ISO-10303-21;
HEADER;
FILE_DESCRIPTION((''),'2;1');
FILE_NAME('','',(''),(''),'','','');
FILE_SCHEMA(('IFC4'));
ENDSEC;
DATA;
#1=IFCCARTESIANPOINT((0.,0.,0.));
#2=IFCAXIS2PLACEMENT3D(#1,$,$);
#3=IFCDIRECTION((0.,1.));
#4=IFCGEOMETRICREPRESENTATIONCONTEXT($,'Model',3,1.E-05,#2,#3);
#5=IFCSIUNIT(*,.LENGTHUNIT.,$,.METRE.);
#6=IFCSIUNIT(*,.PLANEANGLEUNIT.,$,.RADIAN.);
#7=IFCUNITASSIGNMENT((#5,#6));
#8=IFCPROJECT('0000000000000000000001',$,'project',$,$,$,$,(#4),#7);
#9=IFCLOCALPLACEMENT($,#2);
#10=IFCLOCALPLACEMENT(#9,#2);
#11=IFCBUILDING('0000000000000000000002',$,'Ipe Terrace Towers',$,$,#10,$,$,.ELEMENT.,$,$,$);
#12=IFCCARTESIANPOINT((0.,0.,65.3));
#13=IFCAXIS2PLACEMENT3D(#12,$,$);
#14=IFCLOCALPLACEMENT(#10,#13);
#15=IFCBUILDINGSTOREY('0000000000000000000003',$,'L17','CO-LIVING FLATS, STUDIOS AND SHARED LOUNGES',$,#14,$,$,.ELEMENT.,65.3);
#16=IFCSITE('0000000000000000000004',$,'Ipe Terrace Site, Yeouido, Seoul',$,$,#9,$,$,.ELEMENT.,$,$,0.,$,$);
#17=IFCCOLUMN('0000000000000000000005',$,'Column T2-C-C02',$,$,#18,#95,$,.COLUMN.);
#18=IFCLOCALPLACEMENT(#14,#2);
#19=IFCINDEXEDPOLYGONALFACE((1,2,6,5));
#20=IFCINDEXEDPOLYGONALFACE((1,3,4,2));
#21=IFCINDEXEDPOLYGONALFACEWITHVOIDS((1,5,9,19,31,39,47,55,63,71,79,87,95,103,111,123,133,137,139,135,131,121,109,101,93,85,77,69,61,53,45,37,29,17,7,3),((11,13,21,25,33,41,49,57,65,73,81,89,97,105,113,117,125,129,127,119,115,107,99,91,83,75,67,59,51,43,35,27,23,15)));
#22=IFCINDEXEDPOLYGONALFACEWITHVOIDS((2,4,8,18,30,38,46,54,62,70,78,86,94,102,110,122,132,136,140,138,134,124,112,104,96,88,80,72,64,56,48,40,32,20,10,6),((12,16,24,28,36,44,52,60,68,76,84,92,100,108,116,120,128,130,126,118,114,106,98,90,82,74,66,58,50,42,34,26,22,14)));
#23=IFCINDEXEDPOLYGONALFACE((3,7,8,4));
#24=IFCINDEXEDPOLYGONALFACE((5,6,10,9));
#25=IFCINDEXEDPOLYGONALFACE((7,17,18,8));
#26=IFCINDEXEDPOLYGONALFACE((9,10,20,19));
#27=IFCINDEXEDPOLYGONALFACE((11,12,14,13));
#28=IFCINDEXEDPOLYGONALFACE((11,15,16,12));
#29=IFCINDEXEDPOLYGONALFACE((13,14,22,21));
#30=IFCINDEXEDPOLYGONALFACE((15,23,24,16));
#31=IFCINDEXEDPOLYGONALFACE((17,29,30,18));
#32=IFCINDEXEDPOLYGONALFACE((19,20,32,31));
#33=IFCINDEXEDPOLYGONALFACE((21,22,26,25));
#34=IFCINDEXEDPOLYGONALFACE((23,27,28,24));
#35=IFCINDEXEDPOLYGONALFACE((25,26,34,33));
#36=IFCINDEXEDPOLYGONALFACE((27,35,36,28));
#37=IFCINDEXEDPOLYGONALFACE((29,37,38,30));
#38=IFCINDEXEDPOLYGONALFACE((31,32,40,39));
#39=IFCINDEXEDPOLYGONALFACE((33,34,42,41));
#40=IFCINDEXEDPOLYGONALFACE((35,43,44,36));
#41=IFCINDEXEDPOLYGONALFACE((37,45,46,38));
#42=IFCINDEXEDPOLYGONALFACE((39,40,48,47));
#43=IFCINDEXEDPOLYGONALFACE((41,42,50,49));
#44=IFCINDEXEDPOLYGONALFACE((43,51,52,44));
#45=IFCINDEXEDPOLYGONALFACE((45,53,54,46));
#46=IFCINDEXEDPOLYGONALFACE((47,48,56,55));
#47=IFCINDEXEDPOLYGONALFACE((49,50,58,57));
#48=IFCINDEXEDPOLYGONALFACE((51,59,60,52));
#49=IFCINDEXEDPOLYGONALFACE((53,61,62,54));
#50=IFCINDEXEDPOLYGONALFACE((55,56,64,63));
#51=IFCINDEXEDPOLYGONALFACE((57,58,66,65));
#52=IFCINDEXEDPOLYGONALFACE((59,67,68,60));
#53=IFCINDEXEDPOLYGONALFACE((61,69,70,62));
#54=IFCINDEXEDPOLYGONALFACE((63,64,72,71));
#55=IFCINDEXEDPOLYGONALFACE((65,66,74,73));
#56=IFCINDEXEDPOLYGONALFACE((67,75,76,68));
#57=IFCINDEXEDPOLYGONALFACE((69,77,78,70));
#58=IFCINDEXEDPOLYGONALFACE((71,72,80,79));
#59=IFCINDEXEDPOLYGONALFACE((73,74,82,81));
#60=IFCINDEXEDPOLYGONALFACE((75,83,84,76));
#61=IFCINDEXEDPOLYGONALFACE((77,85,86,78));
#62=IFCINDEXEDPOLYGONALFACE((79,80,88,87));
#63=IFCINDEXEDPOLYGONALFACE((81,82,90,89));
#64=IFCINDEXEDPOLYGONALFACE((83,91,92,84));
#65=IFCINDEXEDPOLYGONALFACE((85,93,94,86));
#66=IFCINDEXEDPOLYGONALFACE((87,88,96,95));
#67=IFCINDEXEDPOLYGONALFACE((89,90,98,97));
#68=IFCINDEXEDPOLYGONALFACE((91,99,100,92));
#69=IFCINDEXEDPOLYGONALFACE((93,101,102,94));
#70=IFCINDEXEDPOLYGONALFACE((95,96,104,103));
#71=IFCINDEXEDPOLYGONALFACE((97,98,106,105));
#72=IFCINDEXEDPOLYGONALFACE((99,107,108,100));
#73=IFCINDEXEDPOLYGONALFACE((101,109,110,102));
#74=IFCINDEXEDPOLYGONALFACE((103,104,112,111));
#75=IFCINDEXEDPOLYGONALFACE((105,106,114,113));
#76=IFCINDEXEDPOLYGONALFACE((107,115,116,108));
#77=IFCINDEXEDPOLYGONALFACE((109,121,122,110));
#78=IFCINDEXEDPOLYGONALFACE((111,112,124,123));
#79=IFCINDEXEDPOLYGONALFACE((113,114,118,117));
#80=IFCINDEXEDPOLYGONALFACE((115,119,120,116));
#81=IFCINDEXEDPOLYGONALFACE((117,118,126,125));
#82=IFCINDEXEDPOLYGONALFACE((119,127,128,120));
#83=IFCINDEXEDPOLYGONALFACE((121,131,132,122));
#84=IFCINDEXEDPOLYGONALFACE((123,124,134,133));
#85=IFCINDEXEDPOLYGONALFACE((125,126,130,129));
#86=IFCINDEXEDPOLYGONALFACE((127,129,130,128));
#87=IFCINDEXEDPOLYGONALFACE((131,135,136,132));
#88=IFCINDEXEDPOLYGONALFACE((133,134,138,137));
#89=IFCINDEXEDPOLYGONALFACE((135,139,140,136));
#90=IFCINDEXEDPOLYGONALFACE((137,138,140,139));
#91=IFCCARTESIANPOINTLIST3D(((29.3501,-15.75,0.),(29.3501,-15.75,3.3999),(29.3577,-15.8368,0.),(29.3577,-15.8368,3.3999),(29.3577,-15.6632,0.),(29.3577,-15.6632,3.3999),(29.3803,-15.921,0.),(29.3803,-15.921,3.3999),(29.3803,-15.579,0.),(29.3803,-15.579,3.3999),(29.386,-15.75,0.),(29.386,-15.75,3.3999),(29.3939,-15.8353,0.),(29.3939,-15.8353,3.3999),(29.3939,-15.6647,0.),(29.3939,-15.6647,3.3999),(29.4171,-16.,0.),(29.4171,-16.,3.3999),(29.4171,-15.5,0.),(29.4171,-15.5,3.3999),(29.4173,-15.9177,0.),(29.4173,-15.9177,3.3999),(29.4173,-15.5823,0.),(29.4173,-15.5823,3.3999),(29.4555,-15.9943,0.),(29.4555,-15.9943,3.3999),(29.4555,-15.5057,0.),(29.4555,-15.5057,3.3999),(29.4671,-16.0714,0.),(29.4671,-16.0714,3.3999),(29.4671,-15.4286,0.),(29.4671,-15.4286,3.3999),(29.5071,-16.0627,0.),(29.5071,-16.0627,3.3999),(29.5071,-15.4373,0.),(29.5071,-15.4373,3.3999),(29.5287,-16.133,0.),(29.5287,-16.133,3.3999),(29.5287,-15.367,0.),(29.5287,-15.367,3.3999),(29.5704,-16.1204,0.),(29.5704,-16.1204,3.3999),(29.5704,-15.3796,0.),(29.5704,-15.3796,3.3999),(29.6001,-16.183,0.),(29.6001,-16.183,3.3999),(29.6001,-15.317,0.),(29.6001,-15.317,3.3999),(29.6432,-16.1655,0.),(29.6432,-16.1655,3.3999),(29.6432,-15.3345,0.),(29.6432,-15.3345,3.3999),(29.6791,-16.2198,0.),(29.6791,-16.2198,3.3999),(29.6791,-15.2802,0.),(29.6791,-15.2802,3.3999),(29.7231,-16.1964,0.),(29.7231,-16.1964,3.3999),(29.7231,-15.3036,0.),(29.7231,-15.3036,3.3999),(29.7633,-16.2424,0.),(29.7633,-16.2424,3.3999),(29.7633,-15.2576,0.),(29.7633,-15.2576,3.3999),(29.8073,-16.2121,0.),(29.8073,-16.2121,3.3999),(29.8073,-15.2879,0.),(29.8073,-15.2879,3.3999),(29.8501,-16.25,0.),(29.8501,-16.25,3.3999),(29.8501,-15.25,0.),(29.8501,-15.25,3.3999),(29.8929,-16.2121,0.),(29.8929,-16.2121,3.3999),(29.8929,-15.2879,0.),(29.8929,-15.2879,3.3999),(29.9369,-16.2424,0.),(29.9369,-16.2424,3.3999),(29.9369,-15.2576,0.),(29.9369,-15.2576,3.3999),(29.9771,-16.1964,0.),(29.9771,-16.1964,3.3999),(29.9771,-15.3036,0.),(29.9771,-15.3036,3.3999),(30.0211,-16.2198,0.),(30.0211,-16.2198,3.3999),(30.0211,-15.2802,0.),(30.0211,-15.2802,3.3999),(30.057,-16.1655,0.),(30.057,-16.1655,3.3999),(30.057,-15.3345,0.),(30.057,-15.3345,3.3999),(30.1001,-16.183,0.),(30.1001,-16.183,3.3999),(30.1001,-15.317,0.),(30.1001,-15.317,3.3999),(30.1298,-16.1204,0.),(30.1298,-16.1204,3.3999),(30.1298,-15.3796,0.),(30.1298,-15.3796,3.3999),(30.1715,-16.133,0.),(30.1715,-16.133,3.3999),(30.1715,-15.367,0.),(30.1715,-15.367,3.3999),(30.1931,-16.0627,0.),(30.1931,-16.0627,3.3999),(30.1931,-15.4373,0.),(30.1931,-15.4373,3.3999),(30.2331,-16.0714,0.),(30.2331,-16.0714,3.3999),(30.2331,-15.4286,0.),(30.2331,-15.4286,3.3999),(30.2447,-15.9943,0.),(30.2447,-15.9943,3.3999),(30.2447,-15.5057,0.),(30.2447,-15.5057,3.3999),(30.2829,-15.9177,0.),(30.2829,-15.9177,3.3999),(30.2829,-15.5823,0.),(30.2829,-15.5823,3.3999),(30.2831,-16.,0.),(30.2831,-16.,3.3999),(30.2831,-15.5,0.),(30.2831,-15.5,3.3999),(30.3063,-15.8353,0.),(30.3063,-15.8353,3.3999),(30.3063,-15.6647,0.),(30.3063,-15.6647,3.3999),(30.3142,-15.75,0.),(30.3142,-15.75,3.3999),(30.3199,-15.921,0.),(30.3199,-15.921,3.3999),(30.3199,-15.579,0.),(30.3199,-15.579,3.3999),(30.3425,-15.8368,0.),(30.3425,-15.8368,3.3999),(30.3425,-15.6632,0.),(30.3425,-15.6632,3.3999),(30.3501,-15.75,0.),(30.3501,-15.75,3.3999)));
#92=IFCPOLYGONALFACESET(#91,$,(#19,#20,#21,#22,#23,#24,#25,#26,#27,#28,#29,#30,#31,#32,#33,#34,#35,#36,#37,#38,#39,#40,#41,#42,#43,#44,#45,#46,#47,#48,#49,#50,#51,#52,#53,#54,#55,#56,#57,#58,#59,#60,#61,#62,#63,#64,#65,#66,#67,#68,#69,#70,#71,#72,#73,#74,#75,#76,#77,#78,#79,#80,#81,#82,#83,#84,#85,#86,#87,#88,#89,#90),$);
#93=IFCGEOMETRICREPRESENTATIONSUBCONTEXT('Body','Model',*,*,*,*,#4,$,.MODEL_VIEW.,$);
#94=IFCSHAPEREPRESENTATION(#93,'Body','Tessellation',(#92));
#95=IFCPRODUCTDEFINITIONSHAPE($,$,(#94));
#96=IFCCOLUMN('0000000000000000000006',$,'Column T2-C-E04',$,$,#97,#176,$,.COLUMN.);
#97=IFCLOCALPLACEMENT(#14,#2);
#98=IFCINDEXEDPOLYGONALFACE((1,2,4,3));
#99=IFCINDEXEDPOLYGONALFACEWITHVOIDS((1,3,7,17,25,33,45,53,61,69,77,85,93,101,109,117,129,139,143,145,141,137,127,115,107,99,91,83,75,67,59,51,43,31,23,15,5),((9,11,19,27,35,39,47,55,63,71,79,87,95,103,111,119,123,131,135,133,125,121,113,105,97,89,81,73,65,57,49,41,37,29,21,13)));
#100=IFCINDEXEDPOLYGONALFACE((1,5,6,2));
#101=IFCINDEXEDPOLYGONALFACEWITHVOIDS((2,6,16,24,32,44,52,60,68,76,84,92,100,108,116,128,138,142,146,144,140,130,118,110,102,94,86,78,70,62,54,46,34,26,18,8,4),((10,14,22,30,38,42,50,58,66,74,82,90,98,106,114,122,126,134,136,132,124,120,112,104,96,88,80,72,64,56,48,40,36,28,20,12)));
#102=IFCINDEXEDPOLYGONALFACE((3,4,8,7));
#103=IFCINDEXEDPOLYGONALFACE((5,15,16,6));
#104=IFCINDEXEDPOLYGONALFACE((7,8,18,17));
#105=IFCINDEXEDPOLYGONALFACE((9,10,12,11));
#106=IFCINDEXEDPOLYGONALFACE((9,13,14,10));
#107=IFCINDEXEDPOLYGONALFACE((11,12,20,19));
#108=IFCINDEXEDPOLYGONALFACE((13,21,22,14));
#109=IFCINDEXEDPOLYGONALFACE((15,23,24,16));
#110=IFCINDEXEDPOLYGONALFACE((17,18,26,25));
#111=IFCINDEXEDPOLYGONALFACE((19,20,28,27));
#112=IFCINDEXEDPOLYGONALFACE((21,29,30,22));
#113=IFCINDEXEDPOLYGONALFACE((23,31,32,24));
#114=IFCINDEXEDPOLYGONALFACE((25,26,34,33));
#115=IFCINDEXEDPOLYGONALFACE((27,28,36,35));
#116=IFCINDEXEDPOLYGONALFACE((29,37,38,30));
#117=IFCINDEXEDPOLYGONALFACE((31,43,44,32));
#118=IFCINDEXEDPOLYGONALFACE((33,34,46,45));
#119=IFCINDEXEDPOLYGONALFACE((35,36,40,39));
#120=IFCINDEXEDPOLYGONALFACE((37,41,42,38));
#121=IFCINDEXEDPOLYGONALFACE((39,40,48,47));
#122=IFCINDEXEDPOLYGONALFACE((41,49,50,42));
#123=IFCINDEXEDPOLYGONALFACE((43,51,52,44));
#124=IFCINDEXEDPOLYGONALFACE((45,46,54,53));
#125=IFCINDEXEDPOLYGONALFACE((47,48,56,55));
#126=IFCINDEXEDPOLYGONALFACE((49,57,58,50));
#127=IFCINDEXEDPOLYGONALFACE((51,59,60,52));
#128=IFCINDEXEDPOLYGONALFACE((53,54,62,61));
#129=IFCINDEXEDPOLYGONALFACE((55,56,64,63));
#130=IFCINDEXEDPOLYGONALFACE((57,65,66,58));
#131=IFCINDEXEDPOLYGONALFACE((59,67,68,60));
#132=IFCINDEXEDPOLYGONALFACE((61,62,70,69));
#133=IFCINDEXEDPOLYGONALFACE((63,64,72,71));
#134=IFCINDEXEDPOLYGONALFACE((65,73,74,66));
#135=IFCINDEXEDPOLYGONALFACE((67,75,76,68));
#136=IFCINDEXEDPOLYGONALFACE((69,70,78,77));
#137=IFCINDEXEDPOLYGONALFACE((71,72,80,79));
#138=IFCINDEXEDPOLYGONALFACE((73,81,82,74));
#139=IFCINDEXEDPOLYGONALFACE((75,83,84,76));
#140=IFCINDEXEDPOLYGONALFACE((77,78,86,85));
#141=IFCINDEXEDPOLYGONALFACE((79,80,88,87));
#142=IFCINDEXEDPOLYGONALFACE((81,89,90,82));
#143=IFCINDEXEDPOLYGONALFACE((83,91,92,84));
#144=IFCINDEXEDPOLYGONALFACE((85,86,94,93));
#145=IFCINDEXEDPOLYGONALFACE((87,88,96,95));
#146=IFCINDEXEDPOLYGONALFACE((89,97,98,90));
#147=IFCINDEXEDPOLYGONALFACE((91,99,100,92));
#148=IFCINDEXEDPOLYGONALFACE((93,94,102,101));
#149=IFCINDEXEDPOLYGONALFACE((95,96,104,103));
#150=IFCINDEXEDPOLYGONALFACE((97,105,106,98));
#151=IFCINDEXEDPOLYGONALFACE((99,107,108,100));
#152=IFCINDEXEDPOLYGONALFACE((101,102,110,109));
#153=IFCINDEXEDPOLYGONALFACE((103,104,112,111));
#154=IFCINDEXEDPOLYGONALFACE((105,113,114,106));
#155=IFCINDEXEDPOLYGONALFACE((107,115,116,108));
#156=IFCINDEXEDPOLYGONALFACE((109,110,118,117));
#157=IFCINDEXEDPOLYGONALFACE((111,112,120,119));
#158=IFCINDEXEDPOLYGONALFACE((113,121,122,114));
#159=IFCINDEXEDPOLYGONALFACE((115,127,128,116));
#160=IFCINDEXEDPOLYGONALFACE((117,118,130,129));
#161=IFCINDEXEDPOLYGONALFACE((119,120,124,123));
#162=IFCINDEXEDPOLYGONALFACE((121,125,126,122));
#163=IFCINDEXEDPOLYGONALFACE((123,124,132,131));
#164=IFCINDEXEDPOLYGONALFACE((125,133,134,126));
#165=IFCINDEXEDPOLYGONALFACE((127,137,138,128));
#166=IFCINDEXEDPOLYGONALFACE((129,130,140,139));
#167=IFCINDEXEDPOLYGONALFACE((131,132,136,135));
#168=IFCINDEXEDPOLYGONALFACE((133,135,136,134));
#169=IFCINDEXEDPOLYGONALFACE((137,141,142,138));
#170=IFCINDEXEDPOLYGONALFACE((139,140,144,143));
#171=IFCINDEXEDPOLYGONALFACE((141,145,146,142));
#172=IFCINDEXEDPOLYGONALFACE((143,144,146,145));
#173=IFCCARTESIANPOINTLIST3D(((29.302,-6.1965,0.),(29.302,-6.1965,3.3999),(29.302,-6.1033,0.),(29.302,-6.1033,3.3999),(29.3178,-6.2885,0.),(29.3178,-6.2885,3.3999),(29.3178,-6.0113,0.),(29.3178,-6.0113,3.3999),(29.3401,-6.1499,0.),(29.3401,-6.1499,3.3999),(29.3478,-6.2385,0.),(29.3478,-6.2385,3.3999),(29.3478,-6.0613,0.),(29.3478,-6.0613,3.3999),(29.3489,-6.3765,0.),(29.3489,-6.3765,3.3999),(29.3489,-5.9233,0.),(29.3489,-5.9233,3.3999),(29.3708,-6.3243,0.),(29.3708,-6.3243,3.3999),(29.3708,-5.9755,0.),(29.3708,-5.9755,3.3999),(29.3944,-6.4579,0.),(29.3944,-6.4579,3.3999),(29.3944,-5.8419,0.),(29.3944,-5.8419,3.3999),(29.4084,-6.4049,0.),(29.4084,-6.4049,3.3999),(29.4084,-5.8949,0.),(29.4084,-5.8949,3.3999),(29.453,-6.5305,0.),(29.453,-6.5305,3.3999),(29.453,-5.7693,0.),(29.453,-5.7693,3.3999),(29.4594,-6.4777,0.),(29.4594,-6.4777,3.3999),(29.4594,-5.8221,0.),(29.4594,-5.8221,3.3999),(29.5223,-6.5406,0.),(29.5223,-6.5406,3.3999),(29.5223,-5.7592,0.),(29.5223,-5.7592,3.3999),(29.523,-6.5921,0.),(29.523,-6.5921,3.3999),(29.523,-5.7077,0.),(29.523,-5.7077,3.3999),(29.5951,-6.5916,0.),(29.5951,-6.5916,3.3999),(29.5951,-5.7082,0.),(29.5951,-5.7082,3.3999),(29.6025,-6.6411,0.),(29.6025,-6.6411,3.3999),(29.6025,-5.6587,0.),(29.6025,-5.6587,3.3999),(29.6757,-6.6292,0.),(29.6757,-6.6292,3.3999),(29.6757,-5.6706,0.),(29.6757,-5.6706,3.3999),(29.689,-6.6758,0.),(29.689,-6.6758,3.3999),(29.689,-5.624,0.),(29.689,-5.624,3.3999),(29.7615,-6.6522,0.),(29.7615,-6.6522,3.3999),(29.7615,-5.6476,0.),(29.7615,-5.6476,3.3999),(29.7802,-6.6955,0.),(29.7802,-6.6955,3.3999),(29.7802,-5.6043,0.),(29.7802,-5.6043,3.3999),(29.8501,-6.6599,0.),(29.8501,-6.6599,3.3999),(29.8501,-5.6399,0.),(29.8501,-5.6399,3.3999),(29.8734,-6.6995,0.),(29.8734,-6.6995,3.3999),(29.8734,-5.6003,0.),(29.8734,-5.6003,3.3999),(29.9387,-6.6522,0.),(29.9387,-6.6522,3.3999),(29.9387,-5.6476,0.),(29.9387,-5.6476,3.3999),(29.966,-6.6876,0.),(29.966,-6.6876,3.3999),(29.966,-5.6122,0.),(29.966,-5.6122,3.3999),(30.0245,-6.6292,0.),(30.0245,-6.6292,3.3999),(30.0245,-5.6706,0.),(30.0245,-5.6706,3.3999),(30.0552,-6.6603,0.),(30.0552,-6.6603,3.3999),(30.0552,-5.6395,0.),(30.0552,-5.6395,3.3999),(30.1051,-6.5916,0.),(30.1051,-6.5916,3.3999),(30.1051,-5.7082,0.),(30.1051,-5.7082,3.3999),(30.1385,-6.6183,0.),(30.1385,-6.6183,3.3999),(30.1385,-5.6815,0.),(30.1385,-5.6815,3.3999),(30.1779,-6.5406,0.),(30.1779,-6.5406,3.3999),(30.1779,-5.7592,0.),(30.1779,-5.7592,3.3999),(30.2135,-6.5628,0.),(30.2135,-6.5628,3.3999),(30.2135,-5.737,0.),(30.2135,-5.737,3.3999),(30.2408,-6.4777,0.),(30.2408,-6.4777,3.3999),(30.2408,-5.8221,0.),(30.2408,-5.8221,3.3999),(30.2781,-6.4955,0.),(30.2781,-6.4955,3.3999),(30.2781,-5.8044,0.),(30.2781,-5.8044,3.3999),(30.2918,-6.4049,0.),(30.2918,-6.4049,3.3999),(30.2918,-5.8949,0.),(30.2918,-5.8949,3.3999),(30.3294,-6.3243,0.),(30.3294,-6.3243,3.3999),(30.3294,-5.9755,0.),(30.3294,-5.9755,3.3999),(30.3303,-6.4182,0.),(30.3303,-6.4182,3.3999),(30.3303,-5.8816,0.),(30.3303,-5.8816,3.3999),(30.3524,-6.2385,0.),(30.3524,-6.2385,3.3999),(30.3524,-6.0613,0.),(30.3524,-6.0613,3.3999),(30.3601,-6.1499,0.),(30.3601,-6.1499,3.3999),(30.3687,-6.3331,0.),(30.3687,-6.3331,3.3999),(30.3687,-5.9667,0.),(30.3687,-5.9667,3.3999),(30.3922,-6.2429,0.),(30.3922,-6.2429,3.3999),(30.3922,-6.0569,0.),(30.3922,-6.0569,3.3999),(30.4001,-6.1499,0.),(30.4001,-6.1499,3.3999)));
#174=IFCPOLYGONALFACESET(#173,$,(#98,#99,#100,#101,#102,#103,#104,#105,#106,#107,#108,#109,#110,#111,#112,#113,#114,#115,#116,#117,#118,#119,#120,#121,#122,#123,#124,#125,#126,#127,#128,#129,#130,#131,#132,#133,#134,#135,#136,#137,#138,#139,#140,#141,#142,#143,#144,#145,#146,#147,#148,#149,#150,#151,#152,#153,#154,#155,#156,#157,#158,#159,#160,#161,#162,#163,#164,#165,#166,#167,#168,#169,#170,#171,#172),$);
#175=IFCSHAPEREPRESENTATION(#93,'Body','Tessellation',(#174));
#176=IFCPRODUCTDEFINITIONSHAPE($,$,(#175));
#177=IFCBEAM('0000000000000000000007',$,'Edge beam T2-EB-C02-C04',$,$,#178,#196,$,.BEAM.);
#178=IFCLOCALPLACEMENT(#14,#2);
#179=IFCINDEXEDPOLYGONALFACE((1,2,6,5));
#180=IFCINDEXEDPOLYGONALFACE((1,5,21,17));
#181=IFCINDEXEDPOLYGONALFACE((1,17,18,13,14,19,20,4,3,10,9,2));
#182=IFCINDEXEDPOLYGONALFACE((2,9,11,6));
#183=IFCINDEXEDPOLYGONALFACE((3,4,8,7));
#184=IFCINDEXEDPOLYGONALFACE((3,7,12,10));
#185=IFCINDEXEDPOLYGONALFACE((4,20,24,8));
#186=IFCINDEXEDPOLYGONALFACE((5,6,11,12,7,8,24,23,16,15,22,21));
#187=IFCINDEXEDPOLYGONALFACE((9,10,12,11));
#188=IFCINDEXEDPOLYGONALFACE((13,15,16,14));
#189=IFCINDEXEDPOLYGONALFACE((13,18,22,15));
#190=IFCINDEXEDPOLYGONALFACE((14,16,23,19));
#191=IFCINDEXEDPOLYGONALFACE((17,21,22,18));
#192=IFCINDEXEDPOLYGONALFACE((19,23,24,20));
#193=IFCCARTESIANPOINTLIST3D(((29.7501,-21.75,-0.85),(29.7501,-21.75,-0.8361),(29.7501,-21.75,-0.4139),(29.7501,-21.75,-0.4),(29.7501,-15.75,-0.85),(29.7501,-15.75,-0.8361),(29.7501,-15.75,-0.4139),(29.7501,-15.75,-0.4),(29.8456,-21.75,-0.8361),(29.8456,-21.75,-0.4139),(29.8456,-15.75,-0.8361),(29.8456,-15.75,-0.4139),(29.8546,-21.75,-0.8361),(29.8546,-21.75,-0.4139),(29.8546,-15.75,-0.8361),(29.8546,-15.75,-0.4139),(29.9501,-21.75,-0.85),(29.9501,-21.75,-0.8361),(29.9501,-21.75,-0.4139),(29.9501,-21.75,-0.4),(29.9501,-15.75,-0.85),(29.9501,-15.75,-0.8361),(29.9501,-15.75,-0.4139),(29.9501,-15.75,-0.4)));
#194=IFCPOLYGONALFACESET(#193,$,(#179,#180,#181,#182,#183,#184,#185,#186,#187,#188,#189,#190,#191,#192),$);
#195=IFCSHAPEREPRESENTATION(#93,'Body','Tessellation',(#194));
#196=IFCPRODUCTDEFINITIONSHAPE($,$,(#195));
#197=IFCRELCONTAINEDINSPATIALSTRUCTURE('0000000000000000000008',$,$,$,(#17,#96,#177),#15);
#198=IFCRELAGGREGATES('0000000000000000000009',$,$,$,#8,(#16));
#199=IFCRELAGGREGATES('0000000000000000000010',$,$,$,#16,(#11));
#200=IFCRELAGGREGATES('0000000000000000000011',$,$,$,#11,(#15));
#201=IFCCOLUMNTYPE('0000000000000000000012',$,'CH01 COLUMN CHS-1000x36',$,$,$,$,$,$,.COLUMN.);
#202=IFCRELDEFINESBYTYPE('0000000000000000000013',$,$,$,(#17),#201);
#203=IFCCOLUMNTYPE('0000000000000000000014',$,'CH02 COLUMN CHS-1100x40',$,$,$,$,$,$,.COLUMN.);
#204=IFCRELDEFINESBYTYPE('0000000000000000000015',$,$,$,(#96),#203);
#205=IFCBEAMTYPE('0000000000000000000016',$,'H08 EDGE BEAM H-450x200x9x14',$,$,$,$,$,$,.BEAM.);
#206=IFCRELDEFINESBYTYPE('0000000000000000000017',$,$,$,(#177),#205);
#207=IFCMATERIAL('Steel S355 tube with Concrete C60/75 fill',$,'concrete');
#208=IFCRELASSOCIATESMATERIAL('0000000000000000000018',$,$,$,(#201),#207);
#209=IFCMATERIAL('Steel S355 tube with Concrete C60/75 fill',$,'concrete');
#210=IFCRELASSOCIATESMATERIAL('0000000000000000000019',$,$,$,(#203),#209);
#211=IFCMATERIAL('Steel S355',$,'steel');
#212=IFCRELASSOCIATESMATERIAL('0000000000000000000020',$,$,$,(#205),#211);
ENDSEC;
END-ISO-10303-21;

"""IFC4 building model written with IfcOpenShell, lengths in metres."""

from ifc_helpers import new_model, si_unit, direction, frame, origin, origin_2d, place, context, subcontext, project, spatial, hollow_circle, i_section, extrude, material, material_profile, profile_set, type_object, element, save


model = new_model("IFC4")

# Units and contexts
model_context = context("Model", 3, precision=1e-05, world=origin(), true_north=direction((0.0, 1.0)))
body_context = subcontext(model_context, "Body", "Model", "MODEL_VIEW")
ifc_project = project(units=[si_unit("LENGTHUNIT", "METRE"), si_unit("PLANEANGLEUNIT", "RADIAN")], contexts=[model_context])

# Site, building, storey
site_placement = place(None, origin())
site = spatial("IfcSite", under=ifc_project, at=site_placement, Name="Ipe Terrace Site, Yeouido, Seoul", CompositionType="ELEMENT", RefElevation=0.0)
building_placement = place(site_placement, origin())
building = spatial("IfcBuilding", under=site, at=building_placement, Name="Ipe Terrace Towers", CompositionType="ELEMENT")
storey_placement = place(building_placement, frame((0.0, 0.0, 65.3)))
storey = spatial("IfcBuildingStorey", under=building, at=storey_placement, Name="L17", Description="CO-LIVING FLATS, STUDIOS AND SHARED LOUNGES", CompositionType="ELEMENT", Elevation=65.3)

# Columns
ifc_material_1 = material(Name="Steel S355 tube with Concrete C60/75 fill", Category="concrete")
ifc_material_profile_1 = material_profile(ifc_material_1, hollow_circle(Radius=0.5, WallThickness=0.0359, at=origin_2d()), Name="CHS-1000x36")
ifc_profile_set_1 = profile_set([ifc_material_profile_1], Name="Steel S355 tube with Concrete C60/75 fill")
column_type_1 = type_object("IfcColumnType", Name="CH01 COLUMN CHS-1000x36", PredefinedType="COLUMN", material=ifc_profile_set_1)
column_1_placement = place(storey_placement, frame((29.8501, -15.75, 0.0), z_axis=(0.0, 0.0, 1.0), x_axis=(1.0, 0.0, 0.0)))
element("IfcColumn", 1, at=column_1_placement, inside=storey, type_object=column_type_1, Name="Column T2-C-C02", PredefinedType="COLUMN", context=body_context, shape_type="SweptSolid", body=[
    extrude(hollow_circle(Radius=0.5, WallThickness=0.0359, at=origin_2d()), origin(), (0.0, 0.0, 1.0), 3.3999),
])
ifc_material_2 = material(Name="Steel S355 tube with Concrete C60/75 fill", Category="concrete")
ifc_material_profile_2 = material_profile(ifc_material_2, hollow_circle(Radius=0.55, WallThickness=0.04, at=origin_2d()), Name="CHS-1100x40")
ifc_profile_set_2 = profile_set([ifc_material_profile_2], Name="Steel S355 tube with Concrete C60/75 fill")
column_type_2 = type_object("IfcColumnType", Name="CH02 COLUMN CHS-1100x40", PredefinedType="COLUMN", material=ifc_profile_set_2)
column_2_placement = place(storey_placement, frame((29.8501, -6.1499, 0.0), z_axis=(0.0, 0.0, 1.0), x_axis=(1.0, 0.0, 0.0)))
element("IfcColumn", 2, at=column_2_placement, inside=storey, type_object=column_type_2, Name="Column T2-C-E04", PredefinedType="COLUMN", context=body_context, shape_type="SweptSolid", body=[
    extrude(hollow_circle(Radius=0.55, WallThickness=0.04, at=origin_2d()), origin(), (0.0, 0.0, 1.0), 3.3999),
])

# Beam
ifc_material_3 = material(Name="Steel S355", Category="steel")
ifc_material_profile_3 = material_profile(ifc_material_3, i_section(OverallWidth=0.2, OverallDepth=0.45, WebThickness=0.009, FlangeThickness=0.0139, at=origin_2d()), Name="H-450x200x9x14")
ifc_profile_set_3 = profile_set([ifc_material_profile_3], Name="Steel S355")
beam_type = type_object("IfcBeamType", Name="H08 EDGE BEAM H-450x200x9x14", PredefinedType="BEAM", material=ifc_profile_set_3)
beam_placement = place(storey_placement, frame((29.8501, -15.75, -0.625), z_axis=(0.0, -1.0, 0.0), x_axis=(1.0, 0.0, 0.0)))
element("IfcBeam", 3, at=beam_placement, inside=storey, type_object=beam_type, Name="Edge beam T2-EB-C02-C04", PredefinedType="BEAM", context=body_context, shape_type="SweptSolid", body=[
    extrude(i_section(OverallWidth=0.2, OverallDepth=0.45, WebThickness=0.009, FlangeThickness=0.0139, at=origin_2d()), origin(), (0.0, 0.0, 1.0), 6.0),
])

save(model, "model.ifc")
